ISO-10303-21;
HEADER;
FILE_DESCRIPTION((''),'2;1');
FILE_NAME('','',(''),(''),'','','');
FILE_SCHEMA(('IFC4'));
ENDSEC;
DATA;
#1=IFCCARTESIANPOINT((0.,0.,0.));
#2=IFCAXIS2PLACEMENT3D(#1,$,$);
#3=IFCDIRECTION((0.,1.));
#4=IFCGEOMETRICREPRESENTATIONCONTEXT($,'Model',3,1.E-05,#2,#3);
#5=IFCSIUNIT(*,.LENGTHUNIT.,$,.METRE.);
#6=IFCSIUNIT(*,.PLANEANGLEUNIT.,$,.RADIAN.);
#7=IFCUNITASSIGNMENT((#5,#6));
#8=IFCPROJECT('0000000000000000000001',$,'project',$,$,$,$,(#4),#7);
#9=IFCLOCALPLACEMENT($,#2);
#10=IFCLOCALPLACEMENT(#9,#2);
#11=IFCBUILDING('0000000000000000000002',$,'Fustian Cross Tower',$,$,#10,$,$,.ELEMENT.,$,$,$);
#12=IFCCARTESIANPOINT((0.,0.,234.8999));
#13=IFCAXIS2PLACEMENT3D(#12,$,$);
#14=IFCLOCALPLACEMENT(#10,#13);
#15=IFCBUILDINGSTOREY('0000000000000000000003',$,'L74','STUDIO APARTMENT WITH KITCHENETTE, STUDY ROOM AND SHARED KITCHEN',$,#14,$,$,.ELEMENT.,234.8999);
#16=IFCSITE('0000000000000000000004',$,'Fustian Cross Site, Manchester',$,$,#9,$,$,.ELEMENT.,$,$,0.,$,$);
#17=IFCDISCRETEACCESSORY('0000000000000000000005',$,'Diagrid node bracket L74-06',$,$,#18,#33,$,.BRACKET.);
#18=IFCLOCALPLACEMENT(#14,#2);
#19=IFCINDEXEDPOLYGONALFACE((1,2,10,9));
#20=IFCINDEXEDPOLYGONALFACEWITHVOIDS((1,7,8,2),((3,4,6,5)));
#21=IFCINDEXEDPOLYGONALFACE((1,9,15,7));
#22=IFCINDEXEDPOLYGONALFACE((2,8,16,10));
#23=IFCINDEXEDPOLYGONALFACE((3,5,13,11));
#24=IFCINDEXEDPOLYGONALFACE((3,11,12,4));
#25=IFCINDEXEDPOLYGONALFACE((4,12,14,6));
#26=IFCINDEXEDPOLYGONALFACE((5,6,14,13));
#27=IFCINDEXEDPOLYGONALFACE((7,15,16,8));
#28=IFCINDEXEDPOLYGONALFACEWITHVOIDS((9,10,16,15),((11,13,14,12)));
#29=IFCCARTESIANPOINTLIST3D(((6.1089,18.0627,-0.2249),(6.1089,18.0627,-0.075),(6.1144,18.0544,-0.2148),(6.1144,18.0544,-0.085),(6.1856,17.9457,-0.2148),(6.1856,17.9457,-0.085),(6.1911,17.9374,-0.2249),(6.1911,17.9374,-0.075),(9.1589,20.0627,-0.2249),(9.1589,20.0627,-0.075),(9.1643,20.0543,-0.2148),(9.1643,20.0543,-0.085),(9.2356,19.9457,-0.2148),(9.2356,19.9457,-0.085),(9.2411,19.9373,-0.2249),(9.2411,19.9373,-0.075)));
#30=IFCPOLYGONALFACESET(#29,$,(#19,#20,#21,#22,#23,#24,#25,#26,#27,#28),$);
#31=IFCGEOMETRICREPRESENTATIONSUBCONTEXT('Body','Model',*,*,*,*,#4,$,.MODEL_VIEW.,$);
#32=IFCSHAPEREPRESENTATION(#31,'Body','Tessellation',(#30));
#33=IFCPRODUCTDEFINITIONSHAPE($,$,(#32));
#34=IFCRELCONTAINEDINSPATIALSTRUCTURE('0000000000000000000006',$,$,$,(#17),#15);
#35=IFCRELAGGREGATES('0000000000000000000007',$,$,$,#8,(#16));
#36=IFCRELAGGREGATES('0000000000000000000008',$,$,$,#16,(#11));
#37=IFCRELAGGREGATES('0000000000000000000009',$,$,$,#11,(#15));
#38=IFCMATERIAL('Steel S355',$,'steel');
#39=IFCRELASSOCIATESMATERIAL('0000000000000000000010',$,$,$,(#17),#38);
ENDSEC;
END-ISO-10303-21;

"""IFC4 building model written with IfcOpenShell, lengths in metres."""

from ifc_helpers import new_model, si_unit, direction, frame, origin, origin_2d, place, context, subcontext, project, spatial, hollow_rectangle, extrude, material, element, save


model = new_model("IFC4")

# Units and contexts
model_context = context("Model", 3, precision=1e-05, world=origin(), true_north=direction((0.0, 1.0)))
body_context = subcontext(model_context, "Body", "Model", "MODEL_VIEW")
ifc_project = project(units=[si_unit("LENGTHUNIT", "METRE"), si_unit("PLANEANGLEUNIT", "RADIAN")], contexts=[model_context])

# Site, building, storey
site_placement = place(None, origin())
site = spatial("IfcSite", under=ifc_project, at=site_placement, Name="Fustian Cross Site, Manchester", CompositionType="ELEMENT", RefElevation=0.0)
building_placement = place(site_placement, origin())
building = spatial("IfcBuilding", under=site, at=building_placement, Name="Fustian Cross Tower", CompositionType="ELEMENT")
storey_placement = place(building_placement, frame((0.0, 0.0, 234.8999)))
storey = spatial("IfcBuildingStorey", under=building, at=storey_placement, Name="L74", Description="STUDIO APARTMENT WITH KITCHENETTE, STUDY ROOM AND SHARED KITCHEN", CompositionType="ELEMENT", Elevation=234.8999)

# Discrete accessory
ifc_material_1 = material(Name="Steel S355", Category="steel")
discrete_accessory_placement = place(storey_placement, frame((9.2, 20.0, -0.1499), z_axis=(-0.836248, -0.548351, 0.0), x_axis=(0.548351, -0.836248, 0.0)))
element("IfcDiscreteAccessory", 1, at=discrete_accessory_placement, inside=storey, material=ifc_material_1, Name="Diagrid node bracket L74-06", PredefinedType="BRACKET", context=body_context, shape_type="SweptSolid", body=[
    extrude(hollow_rectangle(XDim=0.1499, YDim=0.1499, WallThickness=0.01, at=origin_2d()), origin(), (0.0, 0.0, 1.0), 3.6472),
])

save(model, "model.ifc")
